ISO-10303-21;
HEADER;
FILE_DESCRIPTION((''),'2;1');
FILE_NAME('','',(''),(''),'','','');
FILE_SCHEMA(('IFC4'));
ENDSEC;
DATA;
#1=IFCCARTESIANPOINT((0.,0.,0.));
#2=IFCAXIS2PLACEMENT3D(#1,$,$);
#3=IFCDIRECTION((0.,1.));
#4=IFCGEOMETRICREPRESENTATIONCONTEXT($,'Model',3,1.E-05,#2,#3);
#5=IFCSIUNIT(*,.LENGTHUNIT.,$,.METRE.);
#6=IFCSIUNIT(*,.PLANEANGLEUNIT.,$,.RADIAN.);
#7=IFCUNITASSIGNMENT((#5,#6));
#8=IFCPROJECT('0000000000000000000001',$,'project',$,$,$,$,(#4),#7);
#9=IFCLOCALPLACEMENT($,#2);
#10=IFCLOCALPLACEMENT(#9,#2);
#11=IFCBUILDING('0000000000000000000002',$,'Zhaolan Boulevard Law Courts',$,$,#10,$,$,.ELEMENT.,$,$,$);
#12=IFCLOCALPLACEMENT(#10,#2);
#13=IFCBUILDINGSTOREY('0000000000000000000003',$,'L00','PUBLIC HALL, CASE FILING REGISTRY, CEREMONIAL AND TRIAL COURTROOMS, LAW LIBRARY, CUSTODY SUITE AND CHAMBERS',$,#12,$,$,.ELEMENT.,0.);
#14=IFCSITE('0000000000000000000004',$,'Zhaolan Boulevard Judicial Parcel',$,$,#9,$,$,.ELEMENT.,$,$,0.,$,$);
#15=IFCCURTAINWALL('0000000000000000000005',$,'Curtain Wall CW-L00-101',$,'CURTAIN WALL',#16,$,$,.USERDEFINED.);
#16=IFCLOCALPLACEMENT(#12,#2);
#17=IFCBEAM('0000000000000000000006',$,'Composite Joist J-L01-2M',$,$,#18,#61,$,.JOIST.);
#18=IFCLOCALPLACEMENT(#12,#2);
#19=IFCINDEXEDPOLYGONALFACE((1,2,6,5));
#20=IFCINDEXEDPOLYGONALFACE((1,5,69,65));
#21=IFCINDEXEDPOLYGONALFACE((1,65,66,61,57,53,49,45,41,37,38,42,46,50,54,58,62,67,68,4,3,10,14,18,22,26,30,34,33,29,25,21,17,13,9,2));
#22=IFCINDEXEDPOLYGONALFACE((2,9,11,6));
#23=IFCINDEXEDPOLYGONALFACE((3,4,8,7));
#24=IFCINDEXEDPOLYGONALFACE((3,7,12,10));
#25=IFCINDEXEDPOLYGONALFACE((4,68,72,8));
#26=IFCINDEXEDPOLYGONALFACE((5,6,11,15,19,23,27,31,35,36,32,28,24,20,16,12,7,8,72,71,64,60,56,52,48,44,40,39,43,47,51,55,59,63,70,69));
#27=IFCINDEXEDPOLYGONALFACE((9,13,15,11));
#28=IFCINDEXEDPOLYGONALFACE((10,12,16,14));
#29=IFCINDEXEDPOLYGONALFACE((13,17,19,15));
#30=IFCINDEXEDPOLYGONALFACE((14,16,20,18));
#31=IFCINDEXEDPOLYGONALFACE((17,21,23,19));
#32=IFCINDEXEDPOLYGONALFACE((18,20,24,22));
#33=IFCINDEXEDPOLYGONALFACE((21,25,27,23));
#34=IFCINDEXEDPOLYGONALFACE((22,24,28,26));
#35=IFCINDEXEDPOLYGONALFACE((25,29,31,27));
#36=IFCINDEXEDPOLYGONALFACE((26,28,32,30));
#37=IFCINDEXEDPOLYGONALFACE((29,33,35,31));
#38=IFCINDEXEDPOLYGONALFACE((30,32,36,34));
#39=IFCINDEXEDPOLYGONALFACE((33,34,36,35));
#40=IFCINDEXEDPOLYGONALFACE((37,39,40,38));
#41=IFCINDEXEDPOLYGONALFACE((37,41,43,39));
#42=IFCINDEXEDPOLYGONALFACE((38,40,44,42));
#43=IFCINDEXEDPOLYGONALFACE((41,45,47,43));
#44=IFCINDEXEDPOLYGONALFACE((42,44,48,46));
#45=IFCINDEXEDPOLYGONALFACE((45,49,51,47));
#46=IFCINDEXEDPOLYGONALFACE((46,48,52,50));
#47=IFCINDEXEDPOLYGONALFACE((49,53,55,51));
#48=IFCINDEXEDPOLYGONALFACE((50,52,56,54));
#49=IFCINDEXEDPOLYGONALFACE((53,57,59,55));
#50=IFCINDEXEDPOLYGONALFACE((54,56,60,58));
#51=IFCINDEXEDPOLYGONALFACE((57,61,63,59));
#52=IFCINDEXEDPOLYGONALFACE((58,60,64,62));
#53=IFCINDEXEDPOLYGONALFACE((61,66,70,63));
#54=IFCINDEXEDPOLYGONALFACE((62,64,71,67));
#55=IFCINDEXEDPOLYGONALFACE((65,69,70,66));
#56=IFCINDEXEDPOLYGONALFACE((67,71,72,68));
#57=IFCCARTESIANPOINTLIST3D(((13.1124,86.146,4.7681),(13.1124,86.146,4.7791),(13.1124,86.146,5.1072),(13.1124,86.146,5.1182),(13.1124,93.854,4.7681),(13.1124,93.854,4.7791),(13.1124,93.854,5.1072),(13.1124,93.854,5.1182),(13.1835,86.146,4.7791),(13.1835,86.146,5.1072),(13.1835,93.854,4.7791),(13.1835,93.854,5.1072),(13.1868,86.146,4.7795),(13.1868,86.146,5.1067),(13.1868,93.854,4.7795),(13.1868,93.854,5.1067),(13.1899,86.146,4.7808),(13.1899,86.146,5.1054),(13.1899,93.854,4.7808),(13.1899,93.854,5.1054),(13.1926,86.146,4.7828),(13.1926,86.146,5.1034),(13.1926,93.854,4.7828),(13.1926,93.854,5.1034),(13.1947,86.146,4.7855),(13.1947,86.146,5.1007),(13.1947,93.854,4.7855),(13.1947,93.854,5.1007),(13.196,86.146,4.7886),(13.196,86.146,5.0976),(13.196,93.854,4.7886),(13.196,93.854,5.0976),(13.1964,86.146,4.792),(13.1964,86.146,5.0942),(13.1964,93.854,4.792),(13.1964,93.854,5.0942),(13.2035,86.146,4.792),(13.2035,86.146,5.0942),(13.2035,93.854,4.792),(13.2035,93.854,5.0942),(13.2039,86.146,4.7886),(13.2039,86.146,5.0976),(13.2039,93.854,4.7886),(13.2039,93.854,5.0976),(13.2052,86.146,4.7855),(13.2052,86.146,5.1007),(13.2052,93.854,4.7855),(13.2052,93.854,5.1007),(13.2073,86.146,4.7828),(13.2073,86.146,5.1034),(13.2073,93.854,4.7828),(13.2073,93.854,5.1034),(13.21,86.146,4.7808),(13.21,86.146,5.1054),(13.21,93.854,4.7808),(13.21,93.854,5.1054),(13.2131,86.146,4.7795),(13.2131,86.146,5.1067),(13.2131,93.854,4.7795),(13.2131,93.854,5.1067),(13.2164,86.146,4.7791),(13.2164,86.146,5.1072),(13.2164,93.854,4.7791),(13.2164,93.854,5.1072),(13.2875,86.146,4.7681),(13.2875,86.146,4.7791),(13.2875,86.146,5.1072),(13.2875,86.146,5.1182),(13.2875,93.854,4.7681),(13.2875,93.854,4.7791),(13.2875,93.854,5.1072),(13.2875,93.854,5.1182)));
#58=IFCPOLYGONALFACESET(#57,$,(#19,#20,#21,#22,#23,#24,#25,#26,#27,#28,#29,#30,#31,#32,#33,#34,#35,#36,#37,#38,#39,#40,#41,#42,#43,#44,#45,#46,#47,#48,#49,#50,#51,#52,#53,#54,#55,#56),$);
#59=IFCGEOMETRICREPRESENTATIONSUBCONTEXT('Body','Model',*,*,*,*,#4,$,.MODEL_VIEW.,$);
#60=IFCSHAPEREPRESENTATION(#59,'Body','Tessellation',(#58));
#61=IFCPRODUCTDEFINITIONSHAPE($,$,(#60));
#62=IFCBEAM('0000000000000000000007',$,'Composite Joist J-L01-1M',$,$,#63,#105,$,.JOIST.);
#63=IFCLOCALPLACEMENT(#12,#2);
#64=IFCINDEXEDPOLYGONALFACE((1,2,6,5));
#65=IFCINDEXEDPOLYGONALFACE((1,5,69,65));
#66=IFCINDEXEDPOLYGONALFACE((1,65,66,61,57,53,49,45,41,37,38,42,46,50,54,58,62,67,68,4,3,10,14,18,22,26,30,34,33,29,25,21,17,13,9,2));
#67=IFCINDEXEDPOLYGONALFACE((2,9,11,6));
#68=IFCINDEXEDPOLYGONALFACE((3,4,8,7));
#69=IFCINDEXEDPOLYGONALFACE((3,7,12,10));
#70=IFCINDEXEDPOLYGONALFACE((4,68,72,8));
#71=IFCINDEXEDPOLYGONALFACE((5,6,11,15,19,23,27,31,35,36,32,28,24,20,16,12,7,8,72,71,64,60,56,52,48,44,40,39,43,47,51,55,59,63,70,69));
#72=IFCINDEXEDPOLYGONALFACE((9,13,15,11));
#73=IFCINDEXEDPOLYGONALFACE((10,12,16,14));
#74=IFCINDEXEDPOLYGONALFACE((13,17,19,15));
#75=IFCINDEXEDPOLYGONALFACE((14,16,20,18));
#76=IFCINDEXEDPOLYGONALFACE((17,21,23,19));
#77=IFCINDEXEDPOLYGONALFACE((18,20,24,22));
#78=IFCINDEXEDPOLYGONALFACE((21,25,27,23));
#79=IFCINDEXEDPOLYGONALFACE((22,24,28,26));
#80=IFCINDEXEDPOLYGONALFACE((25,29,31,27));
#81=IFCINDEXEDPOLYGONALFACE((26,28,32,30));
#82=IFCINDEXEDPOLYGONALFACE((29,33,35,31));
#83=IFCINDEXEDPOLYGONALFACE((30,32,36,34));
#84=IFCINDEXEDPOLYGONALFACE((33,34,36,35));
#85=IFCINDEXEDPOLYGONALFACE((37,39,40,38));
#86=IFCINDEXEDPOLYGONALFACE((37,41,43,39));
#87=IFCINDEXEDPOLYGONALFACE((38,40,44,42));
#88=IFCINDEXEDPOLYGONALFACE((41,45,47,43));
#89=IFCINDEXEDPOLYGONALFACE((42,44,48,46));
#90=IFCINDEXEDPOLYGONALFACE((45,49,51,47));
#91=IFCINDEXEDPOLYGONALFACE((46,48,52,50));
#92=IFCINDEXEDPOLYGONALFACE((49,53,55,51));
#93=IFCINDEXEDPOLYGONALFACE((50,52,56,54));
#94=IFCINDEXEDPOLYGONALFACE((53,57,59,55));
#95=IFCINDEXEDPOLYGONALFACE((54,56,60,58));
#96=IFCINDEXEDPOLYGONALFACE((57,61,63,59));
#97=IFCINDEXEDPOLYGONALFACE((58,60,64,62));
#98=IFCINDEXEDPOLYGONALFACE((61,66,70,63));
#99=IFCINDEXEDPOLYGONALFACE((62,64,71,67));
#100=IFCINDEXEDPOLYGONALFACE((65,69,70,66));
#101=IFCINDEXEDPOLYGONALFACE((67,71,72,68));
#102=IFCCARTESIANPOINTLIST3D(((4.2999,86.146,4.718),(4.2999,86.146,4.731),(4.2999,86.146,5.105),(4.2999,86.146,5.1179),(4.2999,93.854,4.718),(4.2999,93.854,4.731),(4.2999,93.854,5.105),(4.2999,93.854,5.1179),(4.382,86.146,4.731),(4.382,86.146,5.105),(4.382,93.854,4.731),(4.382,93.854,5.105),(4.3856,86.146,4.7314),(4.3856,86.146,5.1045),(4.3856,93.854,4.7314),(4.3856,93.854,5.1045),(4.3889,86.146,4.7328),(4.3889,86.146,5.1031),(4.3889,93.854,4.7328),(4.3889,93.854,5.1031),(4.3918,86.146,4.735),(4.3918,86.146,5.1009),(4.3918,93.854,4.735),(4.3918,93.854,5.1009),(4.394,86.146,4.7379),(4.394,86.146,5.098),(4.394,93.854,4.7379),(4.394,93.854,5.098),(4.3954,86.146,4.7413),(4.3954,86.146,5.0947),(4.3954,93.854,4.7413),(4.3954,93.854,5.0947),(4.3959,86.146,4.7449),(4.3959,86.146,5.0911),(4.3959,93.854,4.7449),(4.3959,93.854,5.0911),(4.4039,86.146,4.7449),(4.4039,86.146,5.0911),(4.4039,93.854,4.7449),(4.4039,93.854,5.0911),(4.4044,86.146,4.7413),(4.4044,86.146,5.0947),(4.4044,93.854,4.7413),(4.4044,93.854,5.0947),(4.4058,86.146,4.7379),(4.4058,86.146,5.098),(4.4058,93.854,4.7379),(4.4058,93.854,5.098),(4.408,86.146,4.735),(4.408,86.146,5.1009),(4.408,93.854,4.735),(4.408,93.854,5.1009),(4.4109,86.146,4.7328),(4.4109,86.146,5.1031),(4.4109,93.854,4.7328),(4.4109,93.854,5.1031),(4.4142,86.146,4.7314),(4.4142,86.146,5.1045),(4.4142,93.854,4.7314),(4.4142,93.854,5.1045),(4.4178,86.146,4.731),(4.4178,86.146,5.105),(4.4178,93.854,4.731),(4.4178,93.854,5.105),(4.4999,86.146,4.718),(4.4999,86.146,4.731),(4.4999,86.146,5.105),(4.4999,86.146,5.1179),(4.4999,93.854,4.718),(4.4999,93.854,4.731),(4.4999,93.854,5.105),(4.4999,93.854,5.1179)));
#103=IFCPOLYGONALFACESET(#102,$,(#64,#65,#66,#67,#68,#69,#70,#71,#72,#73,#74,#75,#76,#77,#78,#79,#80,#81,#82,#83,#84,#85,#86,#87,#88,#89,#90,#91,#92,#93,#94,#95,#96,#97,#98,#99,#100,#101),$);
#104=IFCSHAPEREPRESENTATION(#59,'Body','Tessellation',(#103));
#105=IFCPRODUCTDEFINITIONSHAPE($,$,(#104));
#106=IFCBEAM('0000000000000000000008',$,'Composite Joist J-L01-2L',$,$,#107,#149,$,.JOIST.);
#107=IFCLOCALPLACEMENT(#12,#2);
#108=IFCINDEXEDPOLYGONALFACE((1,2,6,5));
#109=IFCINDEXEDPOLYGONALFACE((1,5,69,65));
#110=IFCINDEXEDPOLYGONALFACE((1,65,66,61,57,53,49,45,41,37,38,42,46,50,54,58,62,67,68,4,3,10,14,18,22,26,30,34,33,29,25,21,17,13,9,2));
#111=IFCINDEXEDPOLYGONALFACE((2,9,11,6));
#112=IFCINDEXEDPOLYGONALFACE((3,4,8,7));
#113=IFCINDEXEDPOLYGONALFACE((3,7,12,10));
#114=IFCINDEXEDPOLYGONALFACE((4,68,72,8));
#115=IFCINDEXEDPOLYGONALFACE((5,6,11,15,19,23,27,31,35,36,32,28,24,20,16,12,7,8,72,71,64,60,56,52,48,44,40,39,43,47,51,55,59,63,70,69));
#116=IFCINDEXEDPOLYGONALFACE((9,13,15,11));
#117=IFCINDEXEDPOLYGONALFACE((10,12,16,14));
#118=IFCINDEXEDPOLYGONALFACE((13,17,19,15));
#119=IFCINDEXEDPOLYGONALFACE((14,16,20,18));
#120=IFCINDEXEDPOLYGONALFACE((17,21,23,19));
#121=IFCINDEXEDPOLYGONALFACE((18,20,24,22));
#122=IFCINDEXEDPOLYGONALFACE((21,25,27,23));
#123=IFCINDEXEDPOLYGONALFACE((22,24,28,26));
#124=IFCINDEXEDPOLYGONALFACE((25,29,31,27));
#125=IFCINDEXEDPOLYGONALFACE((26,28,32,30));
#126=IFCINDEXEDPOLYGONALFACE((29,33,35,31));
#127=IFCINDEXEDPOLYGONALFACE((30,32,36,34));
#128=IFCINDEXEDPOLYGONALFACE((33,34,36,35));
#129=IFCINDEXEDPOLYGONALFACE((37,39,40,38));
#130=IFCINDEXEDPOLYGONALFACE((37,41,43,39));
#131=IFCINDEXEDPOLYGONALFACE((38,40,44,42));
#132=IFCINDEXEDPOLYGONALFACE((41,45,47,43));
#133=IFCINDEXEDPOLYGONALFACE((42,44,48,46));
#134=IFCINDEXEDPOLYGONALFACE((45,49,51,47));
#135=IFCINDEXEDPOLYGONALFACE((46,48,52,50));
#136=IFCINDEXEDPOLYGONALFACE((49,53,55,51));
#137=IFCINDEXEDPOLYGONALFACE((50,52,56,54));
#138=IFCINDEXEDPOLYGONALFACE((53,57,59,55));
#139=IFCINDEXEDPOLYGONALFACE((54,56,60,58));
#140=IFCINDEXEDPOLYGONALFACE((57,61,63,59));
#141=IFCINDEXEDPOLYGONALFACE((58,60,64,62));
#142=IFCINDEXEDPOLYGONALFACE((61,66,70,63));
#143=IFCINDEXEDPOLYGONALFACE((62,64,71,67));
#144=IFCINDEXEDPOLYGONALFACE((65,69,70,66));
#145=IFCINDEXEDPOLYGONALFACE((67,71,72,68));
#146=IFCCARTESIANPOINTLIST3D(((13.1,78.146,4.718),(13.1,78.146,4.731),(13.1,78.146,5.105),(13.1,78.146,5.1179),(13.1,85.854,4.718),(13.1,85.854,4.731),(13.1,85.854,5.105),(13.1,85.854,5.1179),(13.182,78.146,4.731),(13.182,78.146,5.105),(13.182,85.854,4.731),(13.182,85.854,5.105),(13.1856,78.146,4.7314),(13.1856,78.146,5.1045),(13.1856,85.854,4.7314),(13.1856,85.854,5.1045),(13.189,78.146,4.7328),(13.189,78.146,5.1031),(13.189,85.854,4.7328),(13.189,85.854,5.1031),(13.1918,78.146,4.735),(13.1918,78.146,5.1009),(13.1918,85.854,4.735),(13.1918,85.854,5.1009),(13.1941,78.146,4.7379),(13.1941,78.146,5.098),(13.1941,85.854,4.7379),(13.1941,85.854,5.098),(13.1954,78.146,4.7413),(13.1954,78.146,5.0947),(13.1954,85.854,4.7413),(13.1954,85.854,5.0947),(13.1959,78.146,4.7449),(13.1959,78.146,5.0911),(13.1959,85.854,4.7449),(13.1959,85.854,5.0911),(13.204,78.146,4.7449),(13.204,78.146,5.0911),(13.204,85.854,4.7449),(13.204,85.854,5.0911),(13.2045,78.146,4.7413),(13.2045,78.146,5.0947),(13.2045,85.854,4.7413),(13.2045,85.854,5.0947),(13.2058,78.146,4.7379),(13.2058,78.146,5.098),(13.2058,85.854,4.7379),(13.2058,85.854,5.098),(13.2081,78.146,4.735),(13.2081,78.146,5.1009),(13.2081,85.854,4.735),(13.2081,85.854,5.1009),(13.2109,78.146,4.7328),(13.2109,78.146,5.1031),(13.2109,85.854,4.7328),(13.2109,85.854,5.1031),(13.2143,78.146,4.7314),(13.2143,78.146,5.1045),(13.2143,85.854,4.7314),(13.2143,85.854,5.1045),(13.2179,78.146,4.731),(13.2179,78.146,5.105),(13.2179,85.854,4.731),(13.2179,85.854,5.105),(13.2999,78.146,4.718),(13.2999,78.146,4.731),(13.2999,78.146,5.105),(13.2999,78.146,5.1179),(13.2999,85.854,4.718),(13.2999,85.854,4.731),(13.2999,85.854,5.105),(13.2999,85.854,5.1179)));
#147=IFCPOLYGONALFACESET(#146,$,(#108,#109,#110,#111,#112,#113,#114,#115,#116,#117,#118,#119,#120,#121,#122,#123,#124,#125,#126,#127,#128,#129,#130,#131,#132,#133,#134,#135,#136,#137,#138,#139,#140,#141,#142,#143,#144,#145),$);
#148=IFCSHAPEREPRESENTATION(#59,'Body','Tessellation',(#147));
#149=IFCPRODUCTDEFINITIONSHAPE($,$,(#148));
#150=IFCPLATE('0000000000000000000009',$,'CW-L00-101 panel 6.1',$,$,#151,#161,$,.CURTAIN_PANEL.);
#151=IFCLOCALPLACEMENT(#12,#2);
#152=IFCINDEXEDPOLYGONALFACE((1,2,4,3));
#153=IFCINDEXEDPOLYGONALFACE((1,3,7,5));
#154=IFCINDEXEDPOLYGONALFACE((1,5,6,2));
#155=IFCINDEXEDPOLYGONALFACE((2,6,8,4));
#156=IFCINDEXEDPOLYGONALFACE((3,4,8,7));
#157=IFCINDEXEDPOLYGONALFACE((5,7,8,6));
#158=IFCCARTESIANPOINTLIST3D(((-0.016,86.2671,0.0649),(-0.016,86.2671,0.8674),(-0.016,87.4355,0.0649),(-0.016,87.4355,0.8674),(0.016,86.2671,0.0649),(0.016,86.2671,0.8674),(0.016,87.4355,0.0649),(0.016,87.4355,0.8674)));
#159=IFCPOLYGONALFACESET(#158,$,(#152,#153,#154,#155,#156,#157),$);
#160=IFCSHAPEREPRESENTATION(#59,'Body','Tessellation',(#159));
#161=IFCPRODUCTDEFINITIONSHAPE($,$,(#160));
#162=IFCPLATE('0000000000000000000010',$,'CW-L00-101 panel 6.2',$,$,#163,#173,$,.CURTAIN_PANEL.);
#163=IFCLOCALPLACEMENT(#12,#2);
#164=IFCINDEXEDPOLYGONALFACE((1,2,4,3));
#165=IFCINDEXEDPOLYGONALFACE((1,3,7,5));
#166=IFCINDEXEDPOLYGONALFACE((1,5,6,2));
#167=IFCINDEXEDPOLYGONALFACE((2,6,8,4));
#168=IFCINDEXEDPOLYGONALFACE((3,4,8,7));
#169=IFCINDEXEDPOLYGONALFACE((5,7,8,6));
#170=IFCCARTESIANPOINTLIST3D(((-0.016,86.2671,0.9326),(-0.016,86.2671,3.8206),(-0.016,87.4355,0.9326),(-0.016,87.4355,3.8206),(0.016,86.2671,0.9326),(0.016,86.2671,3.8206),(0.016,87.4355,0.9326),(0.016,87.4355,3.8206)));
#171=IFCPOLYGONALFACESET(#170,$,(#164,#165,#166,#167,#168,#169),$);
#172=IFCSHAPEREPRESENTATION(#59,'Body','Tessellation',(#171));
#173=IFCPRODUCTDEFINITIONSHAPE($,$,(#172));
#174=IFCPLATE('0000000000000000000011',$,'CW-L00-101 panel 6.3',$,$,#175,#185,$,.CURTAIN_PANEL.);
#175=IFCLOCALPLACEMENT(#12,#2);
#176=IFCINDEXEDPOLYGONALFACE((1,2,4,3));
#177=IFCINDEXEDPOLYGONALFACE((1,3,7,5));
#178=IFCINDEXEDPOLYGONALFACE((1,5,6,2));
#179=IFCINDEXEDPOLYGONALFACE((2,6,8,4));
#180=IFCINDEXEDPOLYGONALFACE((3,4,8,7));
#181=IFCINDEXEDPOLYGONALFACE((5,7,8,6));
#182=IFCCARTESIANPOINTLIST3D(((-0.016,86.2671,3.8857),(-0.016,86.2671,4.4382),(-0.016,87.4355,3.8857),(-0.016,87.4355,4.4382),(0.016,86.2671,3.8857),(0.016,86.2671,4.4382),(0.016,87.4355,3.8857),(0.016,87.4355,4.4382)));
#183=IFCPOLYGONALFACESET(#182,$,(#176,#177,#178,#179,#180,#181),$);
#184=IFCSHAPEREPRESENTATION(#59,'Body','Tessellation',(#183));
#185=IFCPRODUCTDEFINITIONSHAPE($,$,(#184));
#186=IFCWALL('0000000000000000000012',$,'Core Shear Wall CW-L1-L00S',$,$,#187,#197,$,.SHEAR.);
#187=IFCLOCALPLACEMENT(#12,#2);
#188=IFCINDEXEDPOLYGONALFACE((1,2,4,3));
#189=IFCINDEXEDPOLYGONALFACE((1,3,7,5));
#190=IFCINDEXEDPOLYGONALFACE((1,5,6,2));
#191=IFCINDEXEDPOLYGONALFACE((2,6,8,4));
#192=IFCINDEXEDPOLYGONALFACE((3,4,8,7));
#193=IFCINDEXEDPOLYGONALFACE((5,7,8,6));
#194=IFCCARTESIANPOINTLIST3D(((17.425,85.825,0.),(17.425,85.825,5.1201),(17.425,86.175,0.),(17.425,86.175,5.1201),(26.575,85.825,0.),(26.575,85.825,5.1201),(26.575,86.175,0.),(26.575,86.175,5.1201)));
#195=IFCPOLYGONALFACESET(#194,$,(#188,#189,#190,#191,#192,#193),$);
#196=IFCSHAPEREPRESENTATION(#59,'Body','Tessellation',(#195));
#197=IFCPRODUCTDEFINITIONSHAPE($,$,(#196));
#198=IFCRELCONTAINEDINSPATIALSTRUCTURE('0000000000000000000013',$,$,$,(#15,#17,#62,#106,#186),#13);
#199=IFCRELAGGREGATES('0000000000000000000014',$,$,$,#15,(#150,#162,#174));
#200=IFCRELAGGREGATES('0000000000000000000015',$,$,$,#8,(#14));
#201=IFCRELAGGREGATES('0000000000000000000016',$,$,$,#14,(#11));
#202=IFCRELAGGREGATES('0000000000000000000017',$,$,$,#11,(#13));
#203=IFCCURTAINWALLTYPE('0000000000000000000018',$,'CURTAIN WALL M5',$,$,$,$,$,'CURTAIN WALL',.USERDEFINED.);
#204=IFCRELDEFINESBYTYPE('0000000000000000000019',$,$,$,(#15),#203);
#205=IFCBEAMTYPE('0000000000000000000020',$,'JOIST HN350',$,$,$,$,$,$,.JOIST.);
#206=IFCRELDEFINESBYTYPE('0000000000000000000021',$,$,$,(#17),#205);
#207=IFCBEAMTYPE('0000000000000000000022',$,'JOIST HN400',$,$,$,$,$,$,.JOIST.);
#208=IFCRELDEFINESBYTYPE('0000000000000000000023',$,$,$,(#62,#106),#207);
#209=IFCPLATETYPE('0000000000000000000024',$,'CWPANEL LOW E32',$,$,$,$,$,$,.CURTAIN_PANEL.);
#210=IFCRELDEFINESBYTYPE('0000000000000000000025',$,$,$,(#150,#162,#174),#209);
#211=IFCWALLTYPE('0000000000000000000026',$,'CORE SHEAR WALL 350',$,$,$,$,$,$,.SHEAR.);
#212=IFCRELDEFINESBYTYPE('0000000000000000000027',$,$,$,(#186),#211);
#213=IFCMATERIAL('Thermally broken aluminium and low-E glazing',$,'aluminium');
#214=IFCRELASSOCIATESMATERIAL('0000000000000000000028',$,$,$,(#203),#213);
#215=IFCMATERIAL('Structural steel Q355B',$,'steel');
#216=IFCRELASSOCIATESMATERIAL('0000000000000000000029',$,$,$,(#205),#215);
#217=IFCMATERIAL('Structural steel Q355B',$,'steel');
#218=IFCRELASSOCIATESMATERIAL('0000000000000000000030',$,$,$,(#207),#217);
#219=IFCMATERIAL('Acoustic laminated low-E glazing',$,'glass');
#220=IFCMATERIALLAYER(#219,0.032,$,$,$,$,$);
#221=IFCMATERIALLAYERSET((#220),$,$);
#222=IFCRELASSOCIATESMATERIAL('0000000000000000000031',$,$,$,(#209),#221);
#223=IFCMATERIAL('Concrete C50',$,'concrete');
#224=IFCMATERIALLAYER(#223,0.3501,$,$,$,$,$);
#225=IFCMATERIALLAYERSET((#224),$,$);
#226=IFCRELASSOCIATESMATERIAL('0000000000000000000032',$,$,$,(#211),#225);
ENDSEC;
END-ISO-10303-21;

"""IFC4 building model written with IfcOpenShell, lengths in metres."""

from ifc_helpers import new_model, si_unit, direction, frame, frame_2d, origin, origin_2d, place, context, subcontext, project, spatial, rectangle, i_section, extrude, material, layer, layer_set, material_profile, profile_set, type_object, element, aggregate, save


model = new_model("IFC4")

# Units and contexts
model_context = context("Model", 3, precision=1e-05, world=origin(), true_north=direction((0.0, 1.0)))
body_context = subcontext(model_context, "Body", "Model", "MODEL_VIEW")
ifc_project = project(units=[si_unit("LENGTHUNIT", "METRE"), si_unit("PLANEANGLEUNIT", "RADIAN")], contexts=[model_context])

# Site, building, storey
site_placement = place(None, origin())
site = spatial("IfcSite", under=ifc_project, at=site_placement, Name="Zhaolan Boulevard Judicial Parcel", CompositionType="ELEMENT", RefElevation=0.0)
building_placement = place(site_placement, origin())
building = spatial("IfcBuilding", under=site, at=building_placement, Name="Zhaolan Boulevard Law Courts", CompositionType="ELEMENT")
storey_placement = place(building_placement, origin())
storey = spatial("IfcBuildingStorey", under=building, at=storey_placement, Name="L00", Description="PUBLIC HALL, CASE FILING REGISTRY, CEREMONIAL AND TRIAL COURTROOMS, LAW LIBRARY, CUSTODY SUITE AND CHAMBERS", CompositionType="ELEMENT", Elevation=0.0)

# Curtain wall
ifc_material_1 = material(Name="Thermally broken aluminium and low-E glazing", Category="aluminium")
curtain_wall_type_1 = type_object("IfcCurtainWallType", Name="CURTAIN WALL M5", ElementType="CURTAIN WALL", PredefinedType="USERDEFINED", material=ifc_material_1)
curtain_wall_1_placement = place(storey_placement, origin())
curtain_wall_1 = element("IfcCurtainWall", 1, at=curtain_wall_1_placement, inside=storey, type_object=curtain_wall_type_1, Name="Curtain Wall CW-L00-101", ObjectType="CURTAIN WALL", PredefinedType="USERDEFINED")

# Beams
ifc_material_2 = material(Name="Structural steel Q355B", Category="steel")
ifc_material_profile_1 = material_profile(ifc_material_2, i_section(OverallWidth=0.175, OverallDepth=0.3501, WebThickness=0.0071, FlangeThickness=0.011, FilletRadius=0.0129, at=origin_2d()), Name="HN350x175")
ifc_profile_set_1 = profile_set([ifc_material_profile_1], Name="Structural steel Q355B")
beam_type_1 = type_object("IfcBeamType", Name="JOIST HN350", PredefinedType="JOIST", material=ifc_profile_set_1)
beam_1_placement = place(storey_placement, frame((13.2, 86.146, 4.9431), z_axis=(0.0, 1.0, 0.0), x_axis=(-1.0, 0.0, 0.0)))
element("IfcBeam", 2, at=beam_1_placement, inside=storey, type_object=beam_type_1, Name="Composite Joist J-L01-2M", PredefinedType="JOIST", context=body_context, shape_type="SweptSolid", body=[
    extrude(i_section(OverallWidth=0.175, OverallDepth=0.3501, WebThickness=0.0071, FlangeThickness=0.011, FilletRadius=0.0129, at=origin_2d()), origin(), (0.0, 0.0, 1.0), 7.708),
])
ifc_material_3 = material(Name="Structural steel Q355B", Category="steel")
ifc_material_profile_2 = material_profile(ifc_material_3, i_section(OverallWidth=0.2, OverallDepth=0.3999, WebThickness=0.0081, FlangeThickness=0.0129, FilletRadius=0.0139, at=origin_2d()), Name="HN400x200")
ifc_profile_set_2 = profile_set([ifc_material_profile_2], Name="Structural steel Q355B")
beam_type_2 = type_object("IfcBeamType", Name="JOIST HN400", PredefinedType="JOIST", material=ifc_profile_set_2)
for number, where, z_axis, x_axis, name in (
    (3, (4.3999, 86.146, 4.918), (0.0, 1.0, 0.0), (-1.0, 0.0, 0.0), "Composite Joist J-L01-1M"),
    (4, (13.2, 78.146, 4.918), (0.0, 1.0, 0.0), (-1.0, 0.0, 0.0), "Composite Joist J-L01-2L"),
):
    element("IfcBeam", number, at=place(storey_placement, frame(where, z_axis=z_axis, x_axis=x_axis)), inside=storey, type_object=beam_type_2, Name=name, PredefinedType="JOIST", context=body_context, shape_type="SweptSolid", body=[
        extrude(i_section(OverallWidth=0.2, OverallDepth=0.3999, WebThickness=0.0081, FlangeThickness=0.0129, FilletRadius=0.0139, at=origin_2d()), origin(), (0.0, 0.0, 1.0), 7.708),
    ])

# Plates
ifc_material_4 = material(Name="Acoustic laminated low-E glazing", Category="glass")
ifc_layer_1 = layer(ifc_material_4, 0.032)
ifc_layer_set_1 = layer_set([ifc_layer_1])
plate_type = type_object("IfcPlateType", Name="CWPANEL LOW E32", PredefinedType="CURTAIN_PANEL", material=ifc_layer_set_1)
plate_1_placement = place(storey_placement, frame((0.0, 86.8513, 0.0649), z_axis=(0.0, 0.0, 1.0), x_axis=(0.0, -1.0, 0.0)))
plate_1 = element("IfcPlate", 5, at=plate_1_placement, type_object=plate_type, Name="CW-L00-101 panel 6.1", PredefinedType="CURTAIN_PANEL", context=body_context, shape_type="SweptSolid", body=[
    extrude(rectangle(XDim=1.1685, YDim=0.032, at=origin_2d()), origin(), (0.0, 0.0, 1.0), 0.8025),
])
plate_2_placement = place(storey_placement, frame((0.0, 86.8513, 0.9326), z_axis=(0.0, 0.0, 1.0), x_axis=(0.0, -1.0, 0.0)))
plate_2 = element("IfcPlate", 6, at=plate_2_placement, type_object=plate_type, Name="CW-L00-101 panel 6.2", PredefinedType="CURTAIN_PANEL", context=body_context, shape_type="SweptSolid", body=[
    extrude(rectangle(XDim=1.1685, YDim=0.032, at=origin_2d()), origin(), (0.0, 0.0, 1.0), 2.8879),
])
plate_3_placement = place(storey_placement, frame((0.0, 86.8513, 3.8857), z_axis=(0.0, 0.0, 1.0), x_axis=(0.0, -1.0, 0.0)))
plate_3 = element("IfcPlate", 7, at=plate_3_placement, type_object=plate_type, Name="CW-L00-101 panel 6.3", PredefinedType="CURTAIN_PANEL", context=body_context, shape_type="SweptSolid", body=[
    extrude(rectangle(XDim=1.1685, YDim=0.032, at=origin_2d()), origin(), (0.0, 0.0, 1.0), 0.5525),
])
aggregate(curtain_wall_1, [plate_1, plate_2, plate_3])

# Wall
ifc_material_5 = material(Name="Concrete C50", Category="concrete")
ifc_layer_2 = layer(ifc_material_5, 0.3501)
ifc_layer_set_2 = layer_set([ifc_layer_2])
wall_type_1 = type_object("IfcWallType", Name="CORE SHEAR WALL 350", PredefinedType="SHEAR", material=ifc_layer_set_2)
wall_1_placement = place(storey_placement, frame((17.425, 86.0, 0.0), z_axis=(0.0, 0.0, 1.0), x_axis=(1.0, 0.0, 0.0)))
element("IfcWall", 8, at=wall_1_placement, inside=storey, type_object=wall_type_1, Name="Core Shear Wall CW-L1-L00S", PredefinedType="SHEAR", context=body_context, shape_type="SweptSolid", body=[
    extrude(rectangle(XDim=9.1499, YDim=0.3501, at=frame_2d((4.575, 0.0))), origin(), (0.0, 0.0, 1.0), 5.1201),
])

save(model, "model.ifc")
